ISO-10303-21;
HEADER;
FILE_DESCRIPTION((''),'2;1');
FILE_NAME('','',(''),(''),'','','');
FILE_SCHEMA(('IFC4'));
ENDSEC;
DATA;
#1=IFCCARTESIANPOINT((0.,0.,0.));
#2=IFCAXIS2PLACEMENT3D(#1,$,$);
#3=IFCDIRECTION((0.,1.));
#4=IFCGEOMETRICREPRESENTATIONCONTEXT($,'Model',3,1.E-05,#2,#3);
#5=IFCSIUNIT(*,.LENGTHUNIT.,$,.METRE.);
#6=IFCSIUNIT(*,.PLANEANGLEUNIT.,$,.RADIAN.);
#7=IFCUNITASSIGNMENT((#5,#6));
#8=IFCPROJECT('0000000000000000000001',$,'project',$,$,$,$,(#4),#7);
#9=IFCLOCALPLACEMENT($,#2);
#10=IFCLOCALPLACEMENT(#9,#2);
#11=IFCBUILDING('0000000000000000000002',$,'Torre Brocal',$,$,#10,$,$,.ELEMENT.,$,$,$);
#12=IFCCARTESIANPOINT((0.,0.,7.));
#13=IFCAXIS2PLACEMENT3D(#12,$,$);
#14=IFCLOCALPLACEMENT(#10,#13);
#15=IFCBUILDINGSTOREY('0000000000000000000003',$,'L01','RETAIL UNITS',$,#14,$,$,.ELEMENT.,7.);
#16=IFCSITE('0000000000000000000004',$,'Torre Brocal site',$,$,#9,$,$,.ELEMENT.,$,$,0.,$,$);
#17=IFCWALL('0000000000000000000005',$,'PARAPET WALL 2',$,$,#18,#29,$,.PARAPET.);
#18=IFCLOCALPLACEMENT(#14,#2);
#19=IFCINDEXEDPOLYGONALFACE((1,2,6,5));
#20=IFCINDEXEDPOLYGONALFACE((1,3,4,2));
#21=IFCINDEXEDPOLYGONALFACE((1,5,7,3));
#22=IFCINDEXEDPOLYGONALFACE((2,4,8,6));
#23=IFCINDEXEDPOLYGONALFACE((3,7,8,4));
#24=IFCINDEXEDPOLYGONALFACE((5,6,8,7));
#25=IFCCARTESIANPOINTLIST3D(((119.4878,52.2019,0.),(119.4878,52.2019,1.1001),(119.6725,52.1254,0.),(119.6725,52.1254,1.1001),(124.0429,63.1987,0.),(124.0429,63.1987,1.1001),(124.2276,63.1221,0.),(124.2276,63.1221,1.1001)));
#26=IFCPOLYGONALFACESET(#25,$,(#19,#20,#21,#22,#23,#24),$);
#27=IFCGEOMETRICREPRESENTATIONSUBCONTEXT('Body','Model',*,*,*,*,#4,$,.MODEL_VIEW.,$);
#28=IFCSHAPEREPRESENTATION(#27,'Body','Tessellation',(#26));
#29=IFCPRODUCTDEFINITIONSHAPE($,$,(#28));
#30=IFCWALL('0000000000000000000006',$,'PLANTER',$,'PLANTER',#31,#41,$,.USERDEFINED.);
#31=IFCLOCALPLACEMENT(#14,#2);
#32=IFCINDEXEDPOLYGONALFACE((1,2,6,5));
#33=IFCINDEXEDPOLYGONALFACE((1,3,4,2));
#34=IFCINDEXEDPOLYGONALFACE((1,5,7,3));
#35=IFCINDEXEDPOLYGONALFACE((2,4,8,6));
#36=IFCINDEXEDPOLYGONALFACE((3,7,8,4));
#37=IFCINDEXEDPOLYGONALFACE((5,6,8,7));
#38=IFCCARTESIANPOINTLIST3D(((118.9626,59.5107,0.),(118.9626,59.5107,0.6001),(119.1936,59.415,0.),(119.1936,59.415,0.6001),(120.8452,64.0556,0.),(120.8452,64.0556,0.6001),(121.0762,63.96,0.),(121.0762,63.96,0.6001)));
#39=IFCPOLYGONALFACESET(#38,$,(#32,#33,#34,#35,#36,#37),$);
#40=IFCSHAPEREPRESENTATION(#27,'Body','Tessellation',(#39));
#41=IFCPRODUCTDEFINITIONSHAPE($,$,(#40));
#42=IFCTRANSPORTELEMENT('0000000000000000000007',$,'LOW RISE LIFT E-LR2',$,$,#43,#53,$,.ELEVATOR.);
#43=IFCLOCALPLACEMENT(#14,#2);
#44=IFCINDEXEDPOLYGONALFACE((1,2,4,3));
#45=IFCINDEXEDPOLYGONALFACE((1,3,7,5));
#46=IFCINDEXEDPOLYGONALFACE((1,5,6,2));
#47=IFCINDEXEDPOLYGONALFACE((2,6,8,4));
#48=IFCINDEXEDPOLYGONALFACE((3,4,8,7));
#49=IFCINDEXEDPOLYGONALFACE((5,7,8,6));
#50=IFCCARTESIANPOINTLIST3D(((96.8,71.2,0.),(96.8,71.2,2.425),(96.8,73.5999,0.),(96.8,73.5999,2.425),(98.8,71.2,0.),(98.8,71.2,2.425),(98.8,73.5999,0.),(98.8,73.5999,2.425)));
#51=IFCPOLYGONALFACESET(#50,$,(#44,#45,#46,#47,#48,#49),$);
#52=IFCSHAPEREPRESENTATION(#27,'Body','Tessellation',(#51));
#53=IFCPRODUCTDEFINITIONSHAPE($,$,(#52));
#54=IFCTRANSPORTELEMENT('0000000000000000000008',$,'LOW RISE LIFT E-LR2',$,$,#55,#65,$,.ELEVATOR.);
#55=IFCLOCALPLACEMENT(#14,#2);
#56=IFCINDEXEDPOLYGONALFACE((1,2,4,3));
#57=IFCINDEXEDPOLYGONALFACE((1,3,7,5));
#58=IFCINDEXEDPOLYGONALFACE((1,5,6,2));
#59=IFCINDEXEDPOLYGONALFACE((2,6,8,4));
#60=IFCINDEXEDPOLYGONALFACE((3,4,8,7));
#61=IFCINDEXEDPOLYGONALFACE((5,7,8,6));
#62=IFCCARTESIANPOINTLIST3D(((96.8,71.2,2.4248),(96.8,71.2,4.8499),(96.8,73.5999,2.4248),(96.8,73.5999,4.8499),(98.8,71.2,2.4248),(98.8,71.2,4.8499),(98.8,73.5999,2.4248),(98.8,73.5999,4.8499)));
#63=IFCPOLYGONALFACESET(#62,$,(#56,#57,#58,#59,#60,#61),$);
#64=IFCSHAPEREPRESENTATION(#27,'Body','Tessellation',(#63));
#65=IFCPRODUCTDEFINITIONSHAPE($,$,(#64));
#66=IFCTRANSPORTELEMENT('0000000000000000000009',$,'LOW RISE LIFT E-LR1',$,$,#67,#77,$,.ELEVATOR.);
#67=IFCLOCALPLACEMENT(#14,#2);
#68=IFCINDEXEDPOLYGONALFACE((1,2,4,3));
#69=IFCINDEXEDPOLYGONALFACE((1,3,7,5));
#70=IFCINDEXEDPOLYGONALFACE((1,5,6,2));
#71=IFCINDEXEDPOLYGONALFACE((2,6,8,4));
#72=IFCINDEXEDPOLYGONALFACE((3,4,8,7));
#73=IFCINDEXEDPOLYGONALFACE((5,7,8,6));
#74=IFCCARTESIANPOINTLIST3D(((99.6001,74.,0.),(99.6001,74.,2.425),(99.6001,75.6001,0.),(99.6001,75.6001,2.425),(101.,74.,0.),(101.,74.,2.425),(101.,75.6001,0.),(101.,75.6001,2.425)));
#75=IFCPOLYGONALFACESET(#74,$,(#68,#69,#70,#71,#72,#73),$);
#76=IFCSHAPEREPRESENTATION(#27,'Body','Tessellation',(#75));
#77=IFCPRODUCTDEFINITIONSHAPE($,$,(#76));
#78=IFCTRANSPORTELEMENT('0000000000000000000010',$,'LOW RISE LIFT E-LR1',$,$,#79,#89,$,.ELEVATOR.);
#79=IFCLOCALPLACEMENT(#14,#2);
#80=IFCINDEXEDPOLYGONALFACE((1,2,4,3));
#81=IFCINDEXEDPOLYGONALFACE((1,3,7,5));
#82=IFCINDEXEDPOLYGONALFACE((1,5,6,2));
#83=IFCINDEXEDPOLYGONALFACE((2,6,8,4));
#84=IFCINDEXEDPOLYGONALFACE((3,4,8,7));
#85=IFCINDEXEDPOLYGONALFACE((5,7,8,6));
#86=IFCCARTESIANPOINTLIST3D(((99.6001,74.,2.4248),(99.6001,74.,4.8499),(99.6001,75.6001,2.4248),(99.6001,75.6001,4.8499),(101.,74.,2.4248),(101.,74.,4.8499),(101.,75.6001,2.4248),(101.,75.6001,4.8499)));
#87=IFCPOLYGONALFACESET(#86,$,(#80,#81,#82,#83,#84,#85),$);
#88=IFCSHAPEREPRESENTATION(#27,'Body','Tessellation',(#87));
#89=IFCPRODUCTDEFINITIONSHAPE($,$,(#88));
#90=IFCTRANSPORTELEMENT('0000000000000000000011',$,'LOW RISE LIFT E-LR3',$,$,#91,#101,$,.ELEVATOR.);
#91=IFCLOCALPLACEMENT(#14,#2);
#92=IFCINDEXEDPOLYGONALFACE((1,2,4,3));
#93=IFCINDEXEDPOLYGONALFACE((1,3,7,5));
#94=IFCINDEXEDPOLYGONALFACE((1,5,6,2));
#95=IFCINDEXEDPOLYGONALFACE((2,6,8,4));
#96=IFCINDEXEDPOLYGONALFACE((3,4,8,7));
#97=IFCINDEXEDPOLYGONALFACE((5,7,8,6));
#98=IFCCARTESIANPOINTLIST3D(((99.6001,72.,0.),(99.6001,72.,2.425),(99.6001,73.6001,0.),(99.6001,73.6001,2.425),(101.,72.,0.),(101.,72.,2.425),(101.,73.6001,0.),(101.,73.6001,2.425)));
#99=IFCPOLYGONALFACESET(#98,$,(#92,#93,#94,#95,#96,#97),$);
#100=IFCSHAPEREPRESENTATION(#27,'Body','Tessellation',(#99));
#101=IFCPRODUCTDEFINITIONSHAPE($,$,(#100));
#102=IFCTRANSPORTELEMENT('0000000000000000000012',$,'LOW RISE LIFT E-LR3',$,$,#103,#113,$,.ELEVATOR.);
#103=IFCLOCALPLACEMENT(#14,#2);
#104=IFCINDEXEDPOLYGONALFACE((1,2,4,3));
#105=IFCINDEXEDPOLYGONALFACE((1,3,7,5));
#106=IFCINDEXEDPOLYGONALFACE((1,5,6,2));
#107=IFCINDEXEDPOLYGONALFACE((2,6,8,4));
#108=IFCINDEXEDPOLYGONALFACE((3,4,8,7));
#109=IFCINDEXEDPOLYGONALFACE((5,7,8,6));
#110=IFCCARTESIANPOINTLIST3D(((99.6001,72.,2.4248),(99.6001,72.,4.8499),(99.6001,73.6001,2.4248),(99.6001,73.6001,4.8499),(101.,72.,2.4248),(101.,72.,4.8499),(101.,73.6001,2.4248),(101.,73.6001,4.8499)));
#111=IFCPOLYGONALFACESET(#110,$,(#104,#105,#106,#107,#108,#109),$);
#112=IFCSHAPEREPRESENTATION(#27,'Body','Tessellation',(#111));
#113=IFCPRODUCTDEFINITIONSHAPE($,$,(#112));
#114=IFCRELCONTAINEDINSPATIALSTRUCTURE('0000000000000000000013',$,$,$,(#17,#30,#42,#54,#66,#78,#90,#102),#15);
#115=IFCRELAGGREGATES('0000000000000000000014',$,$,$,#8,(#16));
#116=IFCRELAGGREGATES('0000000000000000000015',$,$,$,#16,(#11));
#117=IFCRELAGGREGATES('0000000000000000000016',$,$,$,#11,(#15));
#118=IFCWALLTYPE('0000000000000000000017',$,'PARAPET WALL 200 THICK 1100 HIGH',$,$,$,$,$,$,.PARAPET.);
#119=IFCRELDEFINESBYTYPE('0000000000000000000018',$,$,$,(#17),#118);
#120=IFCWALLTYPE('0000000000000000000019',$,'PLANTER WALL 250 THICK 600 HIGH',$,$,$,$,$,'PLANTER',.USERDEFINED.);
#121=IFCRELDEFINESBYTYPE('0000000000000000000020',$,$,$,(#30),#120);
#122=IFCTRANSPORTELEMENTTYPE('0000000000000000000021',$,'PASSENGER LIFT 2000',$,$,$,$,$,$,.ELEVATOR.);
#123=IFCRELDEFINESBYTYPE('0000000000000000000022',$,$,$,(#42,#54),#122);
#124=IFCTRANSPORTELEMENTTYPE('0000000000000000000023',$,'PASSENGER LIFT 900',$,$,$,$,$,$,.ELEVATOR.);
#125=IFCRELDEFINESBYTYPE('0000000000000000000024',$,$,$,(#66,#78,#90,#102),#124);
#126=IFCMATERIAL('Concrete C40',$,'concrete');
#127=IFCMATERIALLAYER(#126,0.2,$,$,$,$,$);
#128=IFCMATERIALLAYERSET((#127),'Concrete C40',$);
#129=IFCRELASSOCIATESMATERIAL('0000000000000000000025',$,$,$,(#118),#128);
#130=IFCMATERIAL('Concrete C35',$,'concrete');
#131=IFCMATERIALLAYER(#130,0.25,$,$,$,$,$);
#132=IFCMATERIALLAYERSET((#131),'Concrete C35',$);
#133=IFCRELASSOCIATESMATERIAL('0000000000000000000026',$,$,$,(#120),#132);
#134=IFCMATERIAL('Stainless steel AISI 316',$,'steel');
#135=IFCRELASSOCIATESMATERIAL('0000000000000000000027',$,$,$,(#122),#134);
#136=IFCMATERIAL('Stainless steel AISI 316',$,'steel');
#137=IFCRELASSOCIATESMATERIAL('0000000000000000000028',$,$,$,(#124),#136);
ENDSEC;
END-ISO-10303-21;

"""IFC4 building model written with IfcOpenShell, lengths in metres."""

from ifc_helpers import new_model, si_unit, direction, frame, frame_2d, origin, origin_2d, place, context, subcontext, project, spatial, rectangle, extrude, material, layer, layer_set, type_object, element, save


model = new_model("IFC4")

# Units and contexts
model_context = context("Model", 3, precision=1e-05, world=origin(), true_north=direction((0.0, 1.0)))
body_context = subcontext(model_context, "Body", "Model", "MODEL_VIEW")
ifc_project = project(units=[si_unit("LENGTHUNIT", "METRE"), si_unit("PLANEANGLEUNIT", "RADIAN")], contexts=[model_context])

# Site, building, storey
site_placement = place(None, origin())
site = spatial("IfcSite", under=ifc_project, at=site_placement, Name="Torre Brocal site", CompositionType="ELEMENT", RefElevation=0.0)
building_placement = place(site_placement, origin())
building = spatial("IfcBuilding", under=site, at=building_placement, Name="Torre Brocal", CompositionType="ELEMENT")
storey_placement = place(building_placement, frame((0.0, 0.0, 7.0)))
storey = spatial("IfcBuildingStorey", under=building, at=storey_placement, Name="L01", Description="RETAIL UNITS", CompositionType="ELEMENT", Elevation=7.0)

# Walls
ifc_material_1 = material(Name="Concrete C40", Category="concrete")
ifc_layer_1 = layer(ifc_material_1, 0.2)
ifc_layer_set_1 = layer_set([ifc_layer_1], Name="Concrete C40")
wall_type_1 = type_object("IfcWallType", Name="PARAPET WALL 200 THICK 1100 HIGH", PredefinedType="PARAPET", material=ifc_layer_set_1)
wall_1_placement = place(storey_placement, frame((124.1353, 63.1604, 0.0), z_axis=(0.0, 0.0, 1.0), x_axis=(-0.382694, -0.923875, 0.0)))
element("IfcWall", 1, at=wall_1_placement, inside=storey, type_object=wall_type_1, Name="PARAPET WALL 2", PredefinedType="PARAPET", context=body_context, shape_type="SweptSolid", body=[
    extrude(rectangle(XDim=11.9028, YDim=0.2, at=frame_2d((5.9514, 0.0))), origin(), (0.0, 0.0, 1.0), 1.1001),
])
ifc_material_2 = material(Name="Concrete C35", Category="concrete")
ifc_layer_2 = layer(ifc_material_2, 0.25)
ifc_layer_set_2 = layer_set([ifc_layer_2], Name="Concrete C35")
wall_type_2 = type_object("IfcWallType", Name="PLANTER WALL 250 THICK 600 HIGH", ElementType="PLANTER", PredefinedType="USERDEFINED", material=ifc_layer_set_2)
wall_2_placement = place(storey_placement, frame((120.9607, 64.0078, 0.0), z_axis=(0.0, 0.0, 1.0), x_axis=(-0.382683, -0.92388, 0.0)))
element("IfcWall", 2, at=wall_2_placement, inside=storey, type_object=wall_type_2, Name="PLANTER", ObjectType="PLANTER", PredefinedType="USERDEFINED", context=body_context, shape_type="SweptSolid", body=[
    extrude(rectangle(XDim=4.9194, YDim=0.25, at=frame_2d((2.4597, 0.0))), origin(), (0.0, 0.0, 1.0), 0.6001),
])

# Transport elements
ifc_material_3 = material(Name="Stainless steel AISI 316", Category="steel")
transport_element_type_1 = type_object("IfcTransportElementType", Name="PASSENGER LIFT 2000", PredefinedType="ELEVATOR", material=ifc_material_3)
for number, where, z_axis, x_axis, name in (
    (3, (97.8, 72.3999, 0.0), (0.0, 0.0, 1.0), (1.0, 0.0, 0.0), "LOW RISE LIFT E-LR2"),
    (4, (97.8, 72.3999, 2.4248), (0.0, 0.0, 1.0), (1.0, 0.0, 0.0), "LOW RISE LIFT E-LR2"),
):
    element("IfcTransportElement", number, at=place(storey_placement, frame(where, z_axis=z_axis, x_axis=x_axis)), inside=storey, type_object=transport_element_type_1, Name=name, PredefinedType="ELEVATOR", context=body_context, shape_type="SweptSolid", body=[
        extrude(rectangle(XDim=2.0, YDim=2.3999, at=origin_2d()), origin(), (0.0, 0.0, 1.0), 2.425),
    ])
ifc_material_4 = material(Name="Stainless steel AISI 316", Category="steel")
transport_element_type_2 = type_object("IfcTransportElementType", Name="PASSENGER LIFT 900", PredefinedType="ELEVATOR", material=ifc_material_4)
for number, where, z_axis, x_axis, name in (
    (5, (100.3, 74.8, 0.0), (0.0, 0.0, 1.0), (1.0, 0.0, 0.0), "LOW RISE LIFT E-LR1"),
    (6, (100.3, 74.8, 2.4248), (0.0, 0.0, 1.0), (1.0, 0.0, 0.0), "LOW RISE LIFT E-LR1"),
    (7, (100.3, 72.8, 0.0), (0.0, 0.0, 1.0), (1.0, 0.0, 0.0), "LOW RISE LIFT E-LR3"),
    (8, (100.3, 72.8, 2.4248), (0.0, 0.0, 1.0), (1.0, 0.0, 0.0), "LOW RISE LIFT E-LR3"),
):
    element("IfcTransportElement", number, at=place(storey_placement, frame(where, z_axis=z_axis, x_axis=x_axis)), inside=storey, type_object=transport_element_type_2, Name=name, PredefinedType="ELEVATOR", context=body_context, shape_type="SweptSolid", body=[
        extrude(rectangle(XDim=1.3999, YDim=1.6001, at=origin_2d()), origin(), (0.0, 0.0, 1.0), 2.425),
    ])

save(model, "model.ifc")
